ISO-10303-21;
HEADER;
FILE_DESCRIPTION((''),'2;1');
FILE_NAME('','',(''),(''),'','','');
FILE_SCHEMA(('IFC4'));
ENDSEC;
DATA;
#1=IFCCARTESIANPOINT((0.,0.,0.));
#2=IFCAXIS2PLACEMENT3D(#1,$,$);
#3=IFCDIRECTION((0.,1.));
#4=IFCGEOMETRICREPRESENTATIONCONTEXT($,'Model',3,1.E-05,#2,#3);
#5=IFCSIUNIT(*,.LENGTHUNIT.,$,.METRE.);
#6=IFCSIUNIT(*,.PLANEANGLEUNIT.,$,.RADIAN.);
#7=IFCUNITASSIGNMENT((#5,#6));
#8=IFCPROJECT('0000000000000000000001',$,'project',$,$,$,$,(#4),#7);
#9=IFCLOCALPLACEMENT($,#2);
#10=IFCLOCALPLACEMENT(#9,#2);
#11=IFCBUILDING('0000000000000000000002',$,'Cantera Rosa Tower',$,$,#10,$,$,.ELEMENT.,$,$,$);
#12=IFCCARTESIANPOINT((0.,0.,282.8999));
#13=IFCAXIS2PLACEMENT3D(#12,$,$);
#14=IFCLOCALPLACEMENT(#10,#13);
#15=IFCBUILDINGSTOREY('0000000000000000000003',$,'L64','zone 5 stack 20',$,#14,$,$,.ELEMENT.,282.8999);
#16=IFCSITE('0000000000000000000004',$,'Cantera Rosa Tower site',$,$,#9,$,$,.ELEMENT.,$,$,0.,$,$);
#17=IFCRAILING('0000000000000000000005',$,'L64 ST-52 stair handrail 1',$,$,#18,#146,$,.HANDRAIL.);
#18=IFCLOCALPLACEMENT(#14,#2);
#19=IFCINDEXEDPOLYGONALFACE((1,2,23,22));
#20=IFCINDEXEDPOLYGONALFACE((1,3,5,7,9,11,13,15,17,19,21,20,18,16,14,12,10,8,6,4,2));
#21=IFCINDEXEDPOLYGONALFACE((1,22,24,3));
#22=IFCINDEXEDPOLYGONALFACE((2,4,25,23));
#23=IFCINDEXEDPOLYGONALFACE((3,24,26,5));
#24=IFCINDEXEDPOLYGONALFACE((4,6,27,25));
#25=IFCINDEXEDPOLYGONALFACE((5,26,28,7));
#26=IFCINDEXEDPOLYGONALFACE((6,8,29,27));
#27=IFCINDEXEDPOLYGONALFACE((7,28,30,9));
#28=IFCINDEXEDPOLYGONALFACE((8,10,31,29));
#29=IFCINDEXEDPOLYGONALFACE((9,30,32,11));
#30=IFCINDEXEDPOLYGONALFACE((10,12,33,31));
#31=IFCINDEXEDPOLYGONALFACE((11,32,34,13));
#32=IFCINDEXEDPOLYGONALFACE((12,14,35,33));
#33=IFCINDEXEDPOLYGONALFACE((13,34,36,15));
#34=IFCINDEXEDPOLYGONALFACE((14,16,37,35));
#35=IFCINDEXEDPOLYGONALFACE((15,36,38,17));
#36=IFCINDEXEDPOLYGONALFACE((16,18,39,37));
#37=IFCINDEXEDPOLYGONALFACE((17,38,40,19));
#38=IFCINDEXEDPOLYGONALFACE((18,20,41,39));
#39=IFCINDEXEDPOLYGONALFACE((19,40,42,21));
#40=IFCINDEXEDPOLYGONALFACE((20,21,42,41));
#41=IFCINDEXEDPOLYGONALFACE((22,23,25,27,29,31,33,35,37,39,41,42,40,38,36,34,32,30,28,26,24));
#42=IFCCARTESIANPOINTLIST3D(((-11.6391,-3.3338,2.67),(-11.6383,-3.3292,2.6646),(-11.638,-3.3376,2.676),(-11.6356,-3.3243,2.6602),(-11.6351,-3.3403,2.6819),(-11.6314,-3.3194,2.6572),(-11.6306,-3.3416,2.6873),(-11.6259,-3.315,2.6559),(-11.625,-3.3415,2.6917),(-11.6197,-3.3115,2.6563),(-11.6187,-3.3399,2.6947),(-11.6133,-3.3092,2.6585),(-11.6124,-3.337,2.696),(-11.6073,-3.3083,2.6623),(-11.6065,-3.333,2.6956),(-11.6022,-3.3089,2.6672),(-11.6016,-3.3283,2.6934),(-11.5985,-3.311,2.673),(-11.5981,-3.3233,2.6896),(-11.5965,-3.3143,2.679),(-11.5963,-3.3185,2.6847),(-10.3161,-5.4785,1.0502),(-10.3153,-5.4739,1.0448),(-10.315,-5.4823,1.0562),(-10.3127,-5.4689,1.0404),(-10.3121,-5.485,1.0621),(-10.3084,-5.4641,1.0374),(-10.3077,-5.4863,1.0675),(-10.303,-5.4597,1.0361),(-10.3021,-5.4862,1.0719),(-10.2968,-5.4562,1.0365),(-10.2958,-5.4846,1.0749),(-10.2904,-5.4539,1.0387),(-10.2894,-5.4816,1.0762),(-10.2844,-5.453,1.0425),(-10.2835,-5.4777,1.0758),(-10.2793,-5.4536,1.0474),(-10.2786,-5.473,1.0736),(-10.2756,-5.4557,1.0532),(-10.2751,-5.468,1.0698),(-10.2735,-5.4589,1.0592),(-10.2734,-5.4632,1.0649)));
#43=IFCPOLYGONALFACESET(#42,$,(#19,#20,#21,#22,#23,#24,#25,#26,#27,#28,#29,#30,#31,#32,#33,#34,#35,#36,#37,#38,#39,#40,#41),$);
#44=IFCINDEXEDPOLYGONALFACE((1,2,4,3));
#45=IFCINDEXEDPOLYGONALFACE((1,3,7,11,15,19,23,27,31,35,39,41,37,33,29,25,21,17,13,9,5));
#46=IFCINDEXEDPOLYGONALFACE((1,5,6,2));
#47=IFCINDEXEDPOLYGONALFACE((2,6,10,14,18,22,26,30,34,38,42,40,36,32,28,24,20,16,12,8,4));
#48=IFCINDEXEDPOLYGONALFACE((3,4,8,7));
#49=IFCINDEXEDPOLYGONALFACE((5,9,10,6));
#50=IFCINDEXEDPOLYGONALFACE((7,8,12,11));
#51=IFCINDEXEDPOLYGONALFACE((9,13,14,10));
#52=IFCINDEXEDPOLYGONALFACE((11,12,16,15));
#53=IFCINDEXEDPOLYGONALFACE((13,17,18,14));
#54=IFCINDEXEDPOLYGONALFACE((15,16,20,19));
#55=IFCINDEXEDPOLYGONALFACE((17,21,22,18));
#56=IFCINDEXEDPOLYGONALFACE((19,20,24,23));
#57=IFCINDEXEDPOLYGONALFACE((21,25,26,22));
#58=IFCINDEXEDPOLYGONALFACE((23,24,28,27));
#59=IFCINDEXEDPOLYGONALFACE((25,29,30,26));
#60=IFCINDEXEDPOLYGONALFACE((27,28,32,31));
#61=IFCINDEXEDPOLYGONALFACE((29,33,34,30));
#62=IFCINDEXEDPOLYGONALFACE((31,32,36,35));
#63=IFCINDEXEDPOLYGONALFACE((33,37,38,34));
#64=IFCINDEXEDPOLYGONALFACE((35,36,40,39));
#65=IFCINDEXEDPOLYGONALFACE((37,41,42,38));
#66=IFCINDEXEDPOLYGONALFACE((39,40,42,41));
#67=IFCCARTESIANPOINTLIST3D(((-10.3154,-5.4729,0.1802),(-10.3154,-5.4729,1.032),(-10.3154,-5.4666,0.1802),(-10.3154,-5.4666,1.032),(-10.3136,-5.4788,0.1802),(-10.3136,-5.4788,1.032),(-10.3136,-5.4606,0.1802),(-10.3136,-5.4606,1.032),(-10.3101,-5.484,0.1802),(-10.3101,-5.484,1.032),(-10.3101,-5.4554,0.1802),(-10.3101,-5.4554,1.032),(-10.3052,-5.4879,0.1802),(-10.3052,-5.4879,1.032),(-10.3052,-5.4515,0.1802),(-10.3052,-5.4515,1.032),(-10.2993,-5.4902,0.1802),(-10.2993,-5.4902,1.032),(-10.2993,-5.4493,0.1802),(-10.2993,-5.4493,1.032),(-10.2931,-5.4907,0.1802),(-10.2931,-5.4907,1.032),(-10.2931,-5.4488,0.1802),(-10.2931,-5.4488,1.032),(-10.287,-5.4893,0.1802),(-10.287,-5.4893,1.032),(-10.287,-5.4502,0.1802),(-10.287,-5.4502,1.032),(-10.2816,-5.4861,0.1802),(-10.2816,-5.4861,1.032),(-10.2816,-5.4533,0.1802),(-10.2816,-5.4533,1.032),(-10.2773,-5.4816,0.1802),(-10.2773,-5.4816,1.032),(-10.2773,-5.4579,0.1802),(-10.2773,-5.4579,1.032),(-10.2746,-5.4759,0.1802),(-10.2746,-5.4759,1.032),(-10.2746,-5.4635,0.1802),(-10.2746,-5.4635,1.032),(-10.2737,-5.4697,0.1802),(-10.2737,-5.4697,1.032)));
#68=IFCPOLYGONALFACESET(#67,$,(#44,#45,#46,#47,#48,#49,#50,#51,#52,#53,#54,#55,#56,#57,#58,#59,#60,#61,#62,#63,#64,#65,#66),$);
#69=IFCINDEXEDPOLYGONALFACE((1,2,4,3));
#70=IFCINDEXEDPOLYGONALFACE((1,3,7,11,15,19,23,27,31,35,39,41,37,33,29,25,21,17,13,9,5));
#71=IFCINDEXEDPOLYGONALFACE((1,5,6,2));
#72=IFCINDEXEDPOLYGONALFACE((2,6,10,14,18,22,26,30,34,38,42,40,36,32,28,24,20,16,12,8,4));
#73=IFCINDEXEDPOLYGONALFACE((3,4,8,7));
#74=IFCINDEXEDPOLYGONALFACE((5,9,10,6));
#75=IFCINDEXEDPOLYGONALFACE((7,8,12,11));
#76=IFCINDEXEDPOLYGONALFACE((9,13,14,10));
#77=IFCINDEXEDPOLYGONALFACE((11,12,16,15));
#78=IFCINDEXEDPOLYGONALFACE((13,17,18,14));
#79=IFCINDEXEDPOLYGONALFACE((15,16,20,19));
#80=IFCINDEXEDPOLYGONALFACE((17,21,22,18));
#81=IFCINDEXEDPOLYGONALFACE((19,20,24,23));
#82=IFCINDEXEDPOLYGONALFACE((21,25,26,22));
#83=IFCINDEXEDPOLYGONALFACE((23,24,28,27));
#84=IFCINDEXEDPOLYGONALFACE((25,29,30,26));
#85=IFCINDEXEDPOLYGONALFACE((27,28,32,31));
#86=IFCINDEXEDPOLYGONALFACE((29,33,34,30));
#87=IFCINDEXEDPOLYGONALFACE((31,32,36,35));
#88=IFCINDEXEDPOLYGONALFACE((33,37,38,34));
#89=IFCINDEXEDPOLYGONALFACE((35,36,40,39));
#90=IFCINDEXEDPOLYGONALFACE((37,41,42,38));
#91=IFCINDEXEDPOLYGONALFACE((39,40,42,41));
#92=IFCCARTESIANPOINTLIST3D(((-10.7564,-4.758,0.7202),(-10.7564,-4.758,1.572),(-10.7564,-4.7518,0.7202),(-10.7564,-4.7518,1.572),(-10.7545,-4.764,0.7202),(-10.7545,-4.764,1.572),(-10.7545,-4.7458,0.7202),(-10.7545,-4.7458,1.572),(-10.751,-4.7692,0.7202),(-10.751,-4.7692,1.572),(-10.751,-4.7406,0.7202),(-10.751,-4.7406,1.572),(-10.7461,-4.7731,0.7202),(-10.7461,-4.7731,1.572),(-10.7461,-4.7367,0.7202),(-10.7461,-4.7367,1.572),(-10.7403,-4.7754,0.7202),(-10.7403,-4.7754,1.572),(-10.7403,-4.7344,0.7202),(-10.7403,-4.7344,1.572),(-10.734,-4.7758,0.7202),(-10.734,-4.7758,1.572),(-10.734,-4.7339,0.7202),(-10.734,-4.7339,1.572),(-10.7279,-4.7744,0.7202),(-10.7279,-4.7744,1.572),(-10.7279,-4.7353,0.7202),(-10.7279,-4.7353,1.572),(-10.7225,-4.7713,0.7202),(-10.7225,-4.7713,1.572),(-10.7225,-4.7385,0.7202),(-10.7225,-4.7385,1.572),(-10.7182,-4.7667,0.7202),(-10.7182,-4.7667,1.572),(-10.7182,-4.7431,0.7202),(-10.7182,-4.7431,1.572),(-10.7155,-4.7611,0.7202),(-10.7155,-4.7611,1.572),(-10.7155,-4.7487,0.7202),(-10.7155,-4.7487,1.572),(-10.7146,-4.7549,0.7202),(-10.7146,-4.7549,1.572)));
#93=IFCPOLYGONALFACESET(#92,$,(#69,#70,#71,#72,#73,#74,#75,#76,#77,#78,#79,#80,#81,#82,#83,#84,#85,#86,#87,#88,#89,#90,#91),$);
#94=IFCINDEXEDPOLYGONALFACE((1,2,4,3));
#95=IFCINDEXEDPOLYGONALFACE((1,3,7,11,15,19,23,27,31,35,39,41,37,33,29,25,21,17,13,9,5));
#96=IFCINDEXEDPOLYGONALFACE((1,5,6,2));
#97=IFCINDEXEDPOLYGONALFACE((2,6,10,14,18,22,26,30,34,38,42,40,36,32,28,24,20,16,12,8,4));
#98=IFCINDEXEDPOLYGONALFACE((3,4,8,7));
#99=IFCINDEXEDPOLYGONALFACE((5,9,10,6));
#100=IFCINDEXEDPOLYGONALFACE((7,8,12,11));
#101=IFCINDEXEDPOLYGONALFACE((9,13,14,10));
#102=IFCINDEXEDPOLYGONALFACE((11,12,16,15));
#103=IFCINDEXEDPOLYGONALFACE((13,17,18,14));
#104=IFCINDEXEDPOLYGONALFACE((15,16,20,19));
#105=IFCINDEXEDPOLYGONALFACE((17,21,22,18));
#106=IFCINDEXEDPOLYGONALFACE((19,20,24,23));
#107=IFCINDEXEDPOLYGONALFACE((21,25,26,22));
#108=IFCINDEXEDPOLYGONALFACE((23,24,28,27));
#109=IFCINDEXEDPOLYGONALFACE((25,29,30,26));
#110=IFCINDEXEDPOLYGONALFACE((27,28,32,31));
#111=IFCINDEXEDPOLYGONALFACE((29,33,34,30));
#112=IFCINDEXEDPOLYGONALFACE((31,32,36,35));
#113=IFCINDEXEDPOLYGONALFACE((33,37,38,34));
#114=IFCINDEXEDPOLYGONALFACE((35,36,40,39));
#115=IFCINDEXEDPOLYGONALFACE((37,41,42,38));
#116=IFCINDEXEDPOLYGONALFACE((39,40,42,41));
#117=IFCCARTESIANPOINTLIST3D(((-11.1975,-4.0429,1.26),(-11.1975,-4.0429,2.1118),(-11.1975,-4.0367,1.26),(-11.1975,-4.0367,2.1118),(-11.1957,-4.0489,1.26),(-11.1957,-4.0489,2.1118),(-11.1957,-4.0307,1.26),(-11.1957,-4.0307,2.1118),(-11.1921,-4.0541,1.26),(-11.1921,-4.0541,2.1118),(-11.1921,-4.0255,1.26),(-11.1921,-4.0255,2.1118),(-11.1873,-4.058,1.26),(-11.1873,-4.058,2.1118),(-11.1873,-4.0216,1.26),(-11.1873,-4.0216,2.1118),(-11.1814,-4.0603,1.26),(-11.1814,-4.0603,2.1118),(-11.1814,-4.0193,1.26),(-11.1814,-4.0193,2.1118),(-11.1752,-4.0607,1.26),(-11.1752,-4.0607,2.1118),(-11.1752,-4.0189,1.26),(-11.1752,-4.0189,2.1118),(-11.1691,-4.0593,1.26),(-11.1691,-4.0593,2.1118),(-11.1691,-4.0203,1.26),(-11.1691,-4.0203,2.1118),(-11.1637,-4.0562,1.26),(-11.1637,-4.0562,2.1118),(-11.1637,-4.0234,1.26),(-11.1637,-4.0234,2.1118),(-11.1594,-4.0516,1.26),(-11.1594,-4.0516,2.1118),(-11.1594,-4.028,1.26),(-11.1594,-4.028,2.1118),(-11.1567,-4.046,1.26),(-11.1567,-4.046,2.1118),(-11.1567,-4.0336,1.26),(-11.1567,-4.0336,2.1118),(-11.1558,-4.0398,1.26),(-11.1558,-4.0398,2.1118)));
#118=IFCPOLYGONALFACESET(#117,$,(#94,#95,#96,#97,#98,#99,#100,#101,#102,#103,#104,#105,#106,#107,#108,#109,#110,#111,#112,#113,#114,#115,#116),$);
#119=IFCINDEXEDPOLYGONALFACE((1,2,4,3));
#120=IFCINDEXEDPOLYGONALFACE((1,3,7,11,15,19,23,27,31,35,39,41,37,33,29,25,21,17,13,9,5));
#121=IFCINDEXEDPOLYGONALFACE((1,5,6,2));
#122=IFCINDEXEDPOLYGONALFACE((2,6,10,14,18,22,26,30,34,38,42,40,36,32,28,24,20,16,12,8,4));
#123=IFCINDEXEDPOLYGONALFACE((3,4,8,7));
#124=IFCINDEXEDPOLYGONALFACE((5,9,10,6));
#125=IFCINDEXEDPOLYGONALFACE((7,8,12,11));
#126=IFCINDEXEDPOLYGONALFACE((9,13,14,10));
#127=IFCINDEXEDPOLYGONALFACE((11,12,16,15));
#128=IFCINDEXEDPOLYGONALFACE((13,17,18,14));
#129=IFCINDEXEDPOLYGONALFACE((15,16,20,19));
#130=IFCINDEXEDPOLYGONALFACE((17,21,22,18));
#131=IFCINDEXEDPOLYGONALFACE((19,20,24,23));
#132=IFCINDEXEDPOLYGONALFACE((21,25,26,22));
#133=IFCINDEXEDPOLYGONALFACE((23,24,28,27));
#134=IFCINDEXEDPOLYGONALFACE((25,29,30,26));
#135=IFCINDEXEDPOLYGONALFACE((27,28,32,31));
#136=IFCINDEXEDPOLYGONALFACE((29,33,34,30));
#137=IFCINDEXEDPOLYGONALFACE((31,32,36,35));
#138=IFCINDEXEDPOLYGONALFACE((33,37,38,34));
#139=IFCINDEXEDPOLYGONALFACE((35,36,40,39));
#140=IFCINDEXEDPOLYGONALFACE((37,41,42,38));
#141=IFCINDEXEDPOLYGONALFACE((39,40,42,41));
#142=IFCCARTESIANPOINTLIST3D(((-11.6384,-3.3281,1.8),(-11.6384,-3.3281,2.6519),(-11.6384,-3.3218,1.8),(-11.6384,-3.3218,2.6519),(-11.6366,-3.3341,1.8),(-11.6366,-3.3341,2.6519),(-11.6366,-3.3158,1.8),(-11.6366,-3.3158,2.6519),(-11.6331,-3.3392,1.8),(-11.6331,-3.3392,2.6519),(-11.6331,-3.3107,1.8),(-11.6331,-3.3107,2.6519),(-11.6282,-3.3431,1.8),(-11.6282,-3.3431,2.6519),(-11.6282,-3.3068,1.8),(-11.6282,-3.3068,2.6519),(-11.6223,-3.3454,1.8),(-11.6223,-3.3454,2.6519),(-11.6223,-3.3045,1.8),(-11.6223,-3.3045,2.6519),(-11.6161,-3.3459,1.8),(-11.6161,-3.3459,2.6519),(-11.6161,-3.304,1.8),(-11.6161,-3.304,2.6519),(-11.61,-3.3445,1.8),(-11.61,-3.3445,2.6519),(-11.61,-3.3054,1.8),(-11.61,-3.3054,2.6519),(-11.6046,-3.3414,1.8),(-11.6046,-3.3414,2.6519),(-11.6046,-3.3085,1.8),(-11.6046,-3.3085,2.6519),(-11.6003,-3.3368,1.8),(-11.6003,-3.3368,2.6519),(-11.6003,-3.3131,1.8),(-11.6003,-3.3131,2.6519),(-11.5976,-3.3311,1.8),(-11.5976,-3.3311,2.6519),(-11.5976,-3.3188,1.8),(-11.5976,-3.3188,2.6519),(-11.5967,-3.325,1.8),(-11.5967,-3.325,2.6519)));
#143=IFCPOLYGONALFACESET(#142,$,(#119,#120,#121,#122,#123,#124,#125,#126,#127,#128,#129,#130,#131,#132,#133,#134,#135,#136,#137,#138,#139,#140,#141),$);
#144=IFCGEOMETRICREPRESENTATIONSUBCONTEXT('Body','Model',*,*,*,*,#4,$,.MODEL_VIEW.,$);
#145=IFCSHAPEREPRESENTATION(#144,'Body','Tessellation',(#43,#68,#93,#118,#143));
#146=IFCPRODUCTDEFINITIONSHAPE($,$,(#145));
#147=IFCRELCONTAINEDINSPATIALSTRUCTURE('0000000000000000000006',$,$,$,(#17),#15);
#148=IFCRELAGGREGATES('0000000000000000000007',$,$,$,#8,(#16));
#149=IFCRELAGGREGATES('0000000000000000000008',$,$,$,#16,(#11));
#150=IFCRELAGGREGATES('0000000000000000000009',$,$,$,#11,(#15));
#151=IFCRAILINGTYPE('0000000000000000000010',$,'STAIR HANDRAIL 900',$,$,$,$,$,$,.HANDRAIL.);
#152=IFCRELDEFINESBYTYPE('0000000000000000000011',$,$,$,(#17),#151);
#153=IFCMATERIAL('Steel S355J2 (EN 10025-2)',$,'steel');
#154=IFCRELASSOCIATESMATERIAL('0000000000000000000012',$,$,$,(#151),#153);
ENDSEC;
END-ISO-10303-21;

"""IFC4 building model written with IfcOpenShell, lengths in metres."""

from ifc_helpers import new_model, si_unit, direction, frame, origin, origin_2d, place, context, subcontext, project, spatial, circle, extrude, material, type_object, element, save


model = new_model("IFC4")

# Units and contexts
model_context = context("Model", 3, precision=1e-05, world=origin(), true_north=direction((0.0, 1.0)))
body_context = subcontext(model_context, "Body", "Model", "MODEL_VIEW")
ifc_project = project(units=[si_unit("LENGTHUNIT", "METRE"), si_unit("PLANEANGLEUNIT", "RADIAN")], contexts=[model_context])

# Site, building, storey
site_placement = place(None, origin())
site = spatial("IfcSite", under=ifc_project, at=site_placement, Name="Cantera Rosa Tower site", CompositionType="ELEMENT", RefElevation=0.0)
building_placement = place(site_placement, origin())
building = spatial("IfcBuilding", under=site, at=building_placement, Name="Cantera Rosa Tower", CompositionType="ELEMENT")
storey_placement = place(building_placement, frame((0.0, 0.0, 282.8999)))
storey = spatial("IfcBuildingStorey", under=building, at=storey_placement, Name="L64", Description="zone 5 stack 20", CompositionType="ELEMENT", Elevation=282.8999)

# Railing
ifc_material_1 = material(Name="Steel S355J2 (EN 10025-2)", Category="steel")
railing_type_1 = type_object("IfcRailingType", Name="STAIR HANDRAIL 900", PredefinedType="HANDRAIL", material=ifc_material_1)
railing_1_placement = place(storey_placement, frame((-10.2947, -5.4697, 0.1802)))
element("IfcRailing", 1, at=railing_1_placement, inside=storey, type_object=railing_type_1, Name="L64 ST-52 stair handrail 1", PredefinedType="HANDRAIL", context=body_context, shape_type="SweptSolid", body=[
    extrude(circle(Radius=0.0239, at=origin_2d()), frame((0.0, 0.0, 0.876), z_axis=(-0.441629, 0.715945, 0.540728), x_axis=(-0.851102, -0.525, 0.0)), (0.0, 0.0, 1.0), 2.9956),
    extrude(circle(Radius=0.021, at=origin_2d()), origin(), (0.0, 0.0, 1.0), 0.8518),
    extrude(circle(Radius=0.021, at=origin_2d()), frame((-0.4409, 0.7148, 0.54)), (0.0, 0.0, 1.0), 0.8518),
    extrude(circle(Radius=0.021, at=origin_2d()), frame((-0.8821, 1.4299, 1.0798)), (0.0, 0.0, 1.0), 0.8518),
    extrude(circle(Radius=0.021, at=origin_2d()), frame((-1.323, 2.1448, 1.6199)), (0.0, 0.0, 1.0), 0.8518),
])

save(model, "model.ifc")
